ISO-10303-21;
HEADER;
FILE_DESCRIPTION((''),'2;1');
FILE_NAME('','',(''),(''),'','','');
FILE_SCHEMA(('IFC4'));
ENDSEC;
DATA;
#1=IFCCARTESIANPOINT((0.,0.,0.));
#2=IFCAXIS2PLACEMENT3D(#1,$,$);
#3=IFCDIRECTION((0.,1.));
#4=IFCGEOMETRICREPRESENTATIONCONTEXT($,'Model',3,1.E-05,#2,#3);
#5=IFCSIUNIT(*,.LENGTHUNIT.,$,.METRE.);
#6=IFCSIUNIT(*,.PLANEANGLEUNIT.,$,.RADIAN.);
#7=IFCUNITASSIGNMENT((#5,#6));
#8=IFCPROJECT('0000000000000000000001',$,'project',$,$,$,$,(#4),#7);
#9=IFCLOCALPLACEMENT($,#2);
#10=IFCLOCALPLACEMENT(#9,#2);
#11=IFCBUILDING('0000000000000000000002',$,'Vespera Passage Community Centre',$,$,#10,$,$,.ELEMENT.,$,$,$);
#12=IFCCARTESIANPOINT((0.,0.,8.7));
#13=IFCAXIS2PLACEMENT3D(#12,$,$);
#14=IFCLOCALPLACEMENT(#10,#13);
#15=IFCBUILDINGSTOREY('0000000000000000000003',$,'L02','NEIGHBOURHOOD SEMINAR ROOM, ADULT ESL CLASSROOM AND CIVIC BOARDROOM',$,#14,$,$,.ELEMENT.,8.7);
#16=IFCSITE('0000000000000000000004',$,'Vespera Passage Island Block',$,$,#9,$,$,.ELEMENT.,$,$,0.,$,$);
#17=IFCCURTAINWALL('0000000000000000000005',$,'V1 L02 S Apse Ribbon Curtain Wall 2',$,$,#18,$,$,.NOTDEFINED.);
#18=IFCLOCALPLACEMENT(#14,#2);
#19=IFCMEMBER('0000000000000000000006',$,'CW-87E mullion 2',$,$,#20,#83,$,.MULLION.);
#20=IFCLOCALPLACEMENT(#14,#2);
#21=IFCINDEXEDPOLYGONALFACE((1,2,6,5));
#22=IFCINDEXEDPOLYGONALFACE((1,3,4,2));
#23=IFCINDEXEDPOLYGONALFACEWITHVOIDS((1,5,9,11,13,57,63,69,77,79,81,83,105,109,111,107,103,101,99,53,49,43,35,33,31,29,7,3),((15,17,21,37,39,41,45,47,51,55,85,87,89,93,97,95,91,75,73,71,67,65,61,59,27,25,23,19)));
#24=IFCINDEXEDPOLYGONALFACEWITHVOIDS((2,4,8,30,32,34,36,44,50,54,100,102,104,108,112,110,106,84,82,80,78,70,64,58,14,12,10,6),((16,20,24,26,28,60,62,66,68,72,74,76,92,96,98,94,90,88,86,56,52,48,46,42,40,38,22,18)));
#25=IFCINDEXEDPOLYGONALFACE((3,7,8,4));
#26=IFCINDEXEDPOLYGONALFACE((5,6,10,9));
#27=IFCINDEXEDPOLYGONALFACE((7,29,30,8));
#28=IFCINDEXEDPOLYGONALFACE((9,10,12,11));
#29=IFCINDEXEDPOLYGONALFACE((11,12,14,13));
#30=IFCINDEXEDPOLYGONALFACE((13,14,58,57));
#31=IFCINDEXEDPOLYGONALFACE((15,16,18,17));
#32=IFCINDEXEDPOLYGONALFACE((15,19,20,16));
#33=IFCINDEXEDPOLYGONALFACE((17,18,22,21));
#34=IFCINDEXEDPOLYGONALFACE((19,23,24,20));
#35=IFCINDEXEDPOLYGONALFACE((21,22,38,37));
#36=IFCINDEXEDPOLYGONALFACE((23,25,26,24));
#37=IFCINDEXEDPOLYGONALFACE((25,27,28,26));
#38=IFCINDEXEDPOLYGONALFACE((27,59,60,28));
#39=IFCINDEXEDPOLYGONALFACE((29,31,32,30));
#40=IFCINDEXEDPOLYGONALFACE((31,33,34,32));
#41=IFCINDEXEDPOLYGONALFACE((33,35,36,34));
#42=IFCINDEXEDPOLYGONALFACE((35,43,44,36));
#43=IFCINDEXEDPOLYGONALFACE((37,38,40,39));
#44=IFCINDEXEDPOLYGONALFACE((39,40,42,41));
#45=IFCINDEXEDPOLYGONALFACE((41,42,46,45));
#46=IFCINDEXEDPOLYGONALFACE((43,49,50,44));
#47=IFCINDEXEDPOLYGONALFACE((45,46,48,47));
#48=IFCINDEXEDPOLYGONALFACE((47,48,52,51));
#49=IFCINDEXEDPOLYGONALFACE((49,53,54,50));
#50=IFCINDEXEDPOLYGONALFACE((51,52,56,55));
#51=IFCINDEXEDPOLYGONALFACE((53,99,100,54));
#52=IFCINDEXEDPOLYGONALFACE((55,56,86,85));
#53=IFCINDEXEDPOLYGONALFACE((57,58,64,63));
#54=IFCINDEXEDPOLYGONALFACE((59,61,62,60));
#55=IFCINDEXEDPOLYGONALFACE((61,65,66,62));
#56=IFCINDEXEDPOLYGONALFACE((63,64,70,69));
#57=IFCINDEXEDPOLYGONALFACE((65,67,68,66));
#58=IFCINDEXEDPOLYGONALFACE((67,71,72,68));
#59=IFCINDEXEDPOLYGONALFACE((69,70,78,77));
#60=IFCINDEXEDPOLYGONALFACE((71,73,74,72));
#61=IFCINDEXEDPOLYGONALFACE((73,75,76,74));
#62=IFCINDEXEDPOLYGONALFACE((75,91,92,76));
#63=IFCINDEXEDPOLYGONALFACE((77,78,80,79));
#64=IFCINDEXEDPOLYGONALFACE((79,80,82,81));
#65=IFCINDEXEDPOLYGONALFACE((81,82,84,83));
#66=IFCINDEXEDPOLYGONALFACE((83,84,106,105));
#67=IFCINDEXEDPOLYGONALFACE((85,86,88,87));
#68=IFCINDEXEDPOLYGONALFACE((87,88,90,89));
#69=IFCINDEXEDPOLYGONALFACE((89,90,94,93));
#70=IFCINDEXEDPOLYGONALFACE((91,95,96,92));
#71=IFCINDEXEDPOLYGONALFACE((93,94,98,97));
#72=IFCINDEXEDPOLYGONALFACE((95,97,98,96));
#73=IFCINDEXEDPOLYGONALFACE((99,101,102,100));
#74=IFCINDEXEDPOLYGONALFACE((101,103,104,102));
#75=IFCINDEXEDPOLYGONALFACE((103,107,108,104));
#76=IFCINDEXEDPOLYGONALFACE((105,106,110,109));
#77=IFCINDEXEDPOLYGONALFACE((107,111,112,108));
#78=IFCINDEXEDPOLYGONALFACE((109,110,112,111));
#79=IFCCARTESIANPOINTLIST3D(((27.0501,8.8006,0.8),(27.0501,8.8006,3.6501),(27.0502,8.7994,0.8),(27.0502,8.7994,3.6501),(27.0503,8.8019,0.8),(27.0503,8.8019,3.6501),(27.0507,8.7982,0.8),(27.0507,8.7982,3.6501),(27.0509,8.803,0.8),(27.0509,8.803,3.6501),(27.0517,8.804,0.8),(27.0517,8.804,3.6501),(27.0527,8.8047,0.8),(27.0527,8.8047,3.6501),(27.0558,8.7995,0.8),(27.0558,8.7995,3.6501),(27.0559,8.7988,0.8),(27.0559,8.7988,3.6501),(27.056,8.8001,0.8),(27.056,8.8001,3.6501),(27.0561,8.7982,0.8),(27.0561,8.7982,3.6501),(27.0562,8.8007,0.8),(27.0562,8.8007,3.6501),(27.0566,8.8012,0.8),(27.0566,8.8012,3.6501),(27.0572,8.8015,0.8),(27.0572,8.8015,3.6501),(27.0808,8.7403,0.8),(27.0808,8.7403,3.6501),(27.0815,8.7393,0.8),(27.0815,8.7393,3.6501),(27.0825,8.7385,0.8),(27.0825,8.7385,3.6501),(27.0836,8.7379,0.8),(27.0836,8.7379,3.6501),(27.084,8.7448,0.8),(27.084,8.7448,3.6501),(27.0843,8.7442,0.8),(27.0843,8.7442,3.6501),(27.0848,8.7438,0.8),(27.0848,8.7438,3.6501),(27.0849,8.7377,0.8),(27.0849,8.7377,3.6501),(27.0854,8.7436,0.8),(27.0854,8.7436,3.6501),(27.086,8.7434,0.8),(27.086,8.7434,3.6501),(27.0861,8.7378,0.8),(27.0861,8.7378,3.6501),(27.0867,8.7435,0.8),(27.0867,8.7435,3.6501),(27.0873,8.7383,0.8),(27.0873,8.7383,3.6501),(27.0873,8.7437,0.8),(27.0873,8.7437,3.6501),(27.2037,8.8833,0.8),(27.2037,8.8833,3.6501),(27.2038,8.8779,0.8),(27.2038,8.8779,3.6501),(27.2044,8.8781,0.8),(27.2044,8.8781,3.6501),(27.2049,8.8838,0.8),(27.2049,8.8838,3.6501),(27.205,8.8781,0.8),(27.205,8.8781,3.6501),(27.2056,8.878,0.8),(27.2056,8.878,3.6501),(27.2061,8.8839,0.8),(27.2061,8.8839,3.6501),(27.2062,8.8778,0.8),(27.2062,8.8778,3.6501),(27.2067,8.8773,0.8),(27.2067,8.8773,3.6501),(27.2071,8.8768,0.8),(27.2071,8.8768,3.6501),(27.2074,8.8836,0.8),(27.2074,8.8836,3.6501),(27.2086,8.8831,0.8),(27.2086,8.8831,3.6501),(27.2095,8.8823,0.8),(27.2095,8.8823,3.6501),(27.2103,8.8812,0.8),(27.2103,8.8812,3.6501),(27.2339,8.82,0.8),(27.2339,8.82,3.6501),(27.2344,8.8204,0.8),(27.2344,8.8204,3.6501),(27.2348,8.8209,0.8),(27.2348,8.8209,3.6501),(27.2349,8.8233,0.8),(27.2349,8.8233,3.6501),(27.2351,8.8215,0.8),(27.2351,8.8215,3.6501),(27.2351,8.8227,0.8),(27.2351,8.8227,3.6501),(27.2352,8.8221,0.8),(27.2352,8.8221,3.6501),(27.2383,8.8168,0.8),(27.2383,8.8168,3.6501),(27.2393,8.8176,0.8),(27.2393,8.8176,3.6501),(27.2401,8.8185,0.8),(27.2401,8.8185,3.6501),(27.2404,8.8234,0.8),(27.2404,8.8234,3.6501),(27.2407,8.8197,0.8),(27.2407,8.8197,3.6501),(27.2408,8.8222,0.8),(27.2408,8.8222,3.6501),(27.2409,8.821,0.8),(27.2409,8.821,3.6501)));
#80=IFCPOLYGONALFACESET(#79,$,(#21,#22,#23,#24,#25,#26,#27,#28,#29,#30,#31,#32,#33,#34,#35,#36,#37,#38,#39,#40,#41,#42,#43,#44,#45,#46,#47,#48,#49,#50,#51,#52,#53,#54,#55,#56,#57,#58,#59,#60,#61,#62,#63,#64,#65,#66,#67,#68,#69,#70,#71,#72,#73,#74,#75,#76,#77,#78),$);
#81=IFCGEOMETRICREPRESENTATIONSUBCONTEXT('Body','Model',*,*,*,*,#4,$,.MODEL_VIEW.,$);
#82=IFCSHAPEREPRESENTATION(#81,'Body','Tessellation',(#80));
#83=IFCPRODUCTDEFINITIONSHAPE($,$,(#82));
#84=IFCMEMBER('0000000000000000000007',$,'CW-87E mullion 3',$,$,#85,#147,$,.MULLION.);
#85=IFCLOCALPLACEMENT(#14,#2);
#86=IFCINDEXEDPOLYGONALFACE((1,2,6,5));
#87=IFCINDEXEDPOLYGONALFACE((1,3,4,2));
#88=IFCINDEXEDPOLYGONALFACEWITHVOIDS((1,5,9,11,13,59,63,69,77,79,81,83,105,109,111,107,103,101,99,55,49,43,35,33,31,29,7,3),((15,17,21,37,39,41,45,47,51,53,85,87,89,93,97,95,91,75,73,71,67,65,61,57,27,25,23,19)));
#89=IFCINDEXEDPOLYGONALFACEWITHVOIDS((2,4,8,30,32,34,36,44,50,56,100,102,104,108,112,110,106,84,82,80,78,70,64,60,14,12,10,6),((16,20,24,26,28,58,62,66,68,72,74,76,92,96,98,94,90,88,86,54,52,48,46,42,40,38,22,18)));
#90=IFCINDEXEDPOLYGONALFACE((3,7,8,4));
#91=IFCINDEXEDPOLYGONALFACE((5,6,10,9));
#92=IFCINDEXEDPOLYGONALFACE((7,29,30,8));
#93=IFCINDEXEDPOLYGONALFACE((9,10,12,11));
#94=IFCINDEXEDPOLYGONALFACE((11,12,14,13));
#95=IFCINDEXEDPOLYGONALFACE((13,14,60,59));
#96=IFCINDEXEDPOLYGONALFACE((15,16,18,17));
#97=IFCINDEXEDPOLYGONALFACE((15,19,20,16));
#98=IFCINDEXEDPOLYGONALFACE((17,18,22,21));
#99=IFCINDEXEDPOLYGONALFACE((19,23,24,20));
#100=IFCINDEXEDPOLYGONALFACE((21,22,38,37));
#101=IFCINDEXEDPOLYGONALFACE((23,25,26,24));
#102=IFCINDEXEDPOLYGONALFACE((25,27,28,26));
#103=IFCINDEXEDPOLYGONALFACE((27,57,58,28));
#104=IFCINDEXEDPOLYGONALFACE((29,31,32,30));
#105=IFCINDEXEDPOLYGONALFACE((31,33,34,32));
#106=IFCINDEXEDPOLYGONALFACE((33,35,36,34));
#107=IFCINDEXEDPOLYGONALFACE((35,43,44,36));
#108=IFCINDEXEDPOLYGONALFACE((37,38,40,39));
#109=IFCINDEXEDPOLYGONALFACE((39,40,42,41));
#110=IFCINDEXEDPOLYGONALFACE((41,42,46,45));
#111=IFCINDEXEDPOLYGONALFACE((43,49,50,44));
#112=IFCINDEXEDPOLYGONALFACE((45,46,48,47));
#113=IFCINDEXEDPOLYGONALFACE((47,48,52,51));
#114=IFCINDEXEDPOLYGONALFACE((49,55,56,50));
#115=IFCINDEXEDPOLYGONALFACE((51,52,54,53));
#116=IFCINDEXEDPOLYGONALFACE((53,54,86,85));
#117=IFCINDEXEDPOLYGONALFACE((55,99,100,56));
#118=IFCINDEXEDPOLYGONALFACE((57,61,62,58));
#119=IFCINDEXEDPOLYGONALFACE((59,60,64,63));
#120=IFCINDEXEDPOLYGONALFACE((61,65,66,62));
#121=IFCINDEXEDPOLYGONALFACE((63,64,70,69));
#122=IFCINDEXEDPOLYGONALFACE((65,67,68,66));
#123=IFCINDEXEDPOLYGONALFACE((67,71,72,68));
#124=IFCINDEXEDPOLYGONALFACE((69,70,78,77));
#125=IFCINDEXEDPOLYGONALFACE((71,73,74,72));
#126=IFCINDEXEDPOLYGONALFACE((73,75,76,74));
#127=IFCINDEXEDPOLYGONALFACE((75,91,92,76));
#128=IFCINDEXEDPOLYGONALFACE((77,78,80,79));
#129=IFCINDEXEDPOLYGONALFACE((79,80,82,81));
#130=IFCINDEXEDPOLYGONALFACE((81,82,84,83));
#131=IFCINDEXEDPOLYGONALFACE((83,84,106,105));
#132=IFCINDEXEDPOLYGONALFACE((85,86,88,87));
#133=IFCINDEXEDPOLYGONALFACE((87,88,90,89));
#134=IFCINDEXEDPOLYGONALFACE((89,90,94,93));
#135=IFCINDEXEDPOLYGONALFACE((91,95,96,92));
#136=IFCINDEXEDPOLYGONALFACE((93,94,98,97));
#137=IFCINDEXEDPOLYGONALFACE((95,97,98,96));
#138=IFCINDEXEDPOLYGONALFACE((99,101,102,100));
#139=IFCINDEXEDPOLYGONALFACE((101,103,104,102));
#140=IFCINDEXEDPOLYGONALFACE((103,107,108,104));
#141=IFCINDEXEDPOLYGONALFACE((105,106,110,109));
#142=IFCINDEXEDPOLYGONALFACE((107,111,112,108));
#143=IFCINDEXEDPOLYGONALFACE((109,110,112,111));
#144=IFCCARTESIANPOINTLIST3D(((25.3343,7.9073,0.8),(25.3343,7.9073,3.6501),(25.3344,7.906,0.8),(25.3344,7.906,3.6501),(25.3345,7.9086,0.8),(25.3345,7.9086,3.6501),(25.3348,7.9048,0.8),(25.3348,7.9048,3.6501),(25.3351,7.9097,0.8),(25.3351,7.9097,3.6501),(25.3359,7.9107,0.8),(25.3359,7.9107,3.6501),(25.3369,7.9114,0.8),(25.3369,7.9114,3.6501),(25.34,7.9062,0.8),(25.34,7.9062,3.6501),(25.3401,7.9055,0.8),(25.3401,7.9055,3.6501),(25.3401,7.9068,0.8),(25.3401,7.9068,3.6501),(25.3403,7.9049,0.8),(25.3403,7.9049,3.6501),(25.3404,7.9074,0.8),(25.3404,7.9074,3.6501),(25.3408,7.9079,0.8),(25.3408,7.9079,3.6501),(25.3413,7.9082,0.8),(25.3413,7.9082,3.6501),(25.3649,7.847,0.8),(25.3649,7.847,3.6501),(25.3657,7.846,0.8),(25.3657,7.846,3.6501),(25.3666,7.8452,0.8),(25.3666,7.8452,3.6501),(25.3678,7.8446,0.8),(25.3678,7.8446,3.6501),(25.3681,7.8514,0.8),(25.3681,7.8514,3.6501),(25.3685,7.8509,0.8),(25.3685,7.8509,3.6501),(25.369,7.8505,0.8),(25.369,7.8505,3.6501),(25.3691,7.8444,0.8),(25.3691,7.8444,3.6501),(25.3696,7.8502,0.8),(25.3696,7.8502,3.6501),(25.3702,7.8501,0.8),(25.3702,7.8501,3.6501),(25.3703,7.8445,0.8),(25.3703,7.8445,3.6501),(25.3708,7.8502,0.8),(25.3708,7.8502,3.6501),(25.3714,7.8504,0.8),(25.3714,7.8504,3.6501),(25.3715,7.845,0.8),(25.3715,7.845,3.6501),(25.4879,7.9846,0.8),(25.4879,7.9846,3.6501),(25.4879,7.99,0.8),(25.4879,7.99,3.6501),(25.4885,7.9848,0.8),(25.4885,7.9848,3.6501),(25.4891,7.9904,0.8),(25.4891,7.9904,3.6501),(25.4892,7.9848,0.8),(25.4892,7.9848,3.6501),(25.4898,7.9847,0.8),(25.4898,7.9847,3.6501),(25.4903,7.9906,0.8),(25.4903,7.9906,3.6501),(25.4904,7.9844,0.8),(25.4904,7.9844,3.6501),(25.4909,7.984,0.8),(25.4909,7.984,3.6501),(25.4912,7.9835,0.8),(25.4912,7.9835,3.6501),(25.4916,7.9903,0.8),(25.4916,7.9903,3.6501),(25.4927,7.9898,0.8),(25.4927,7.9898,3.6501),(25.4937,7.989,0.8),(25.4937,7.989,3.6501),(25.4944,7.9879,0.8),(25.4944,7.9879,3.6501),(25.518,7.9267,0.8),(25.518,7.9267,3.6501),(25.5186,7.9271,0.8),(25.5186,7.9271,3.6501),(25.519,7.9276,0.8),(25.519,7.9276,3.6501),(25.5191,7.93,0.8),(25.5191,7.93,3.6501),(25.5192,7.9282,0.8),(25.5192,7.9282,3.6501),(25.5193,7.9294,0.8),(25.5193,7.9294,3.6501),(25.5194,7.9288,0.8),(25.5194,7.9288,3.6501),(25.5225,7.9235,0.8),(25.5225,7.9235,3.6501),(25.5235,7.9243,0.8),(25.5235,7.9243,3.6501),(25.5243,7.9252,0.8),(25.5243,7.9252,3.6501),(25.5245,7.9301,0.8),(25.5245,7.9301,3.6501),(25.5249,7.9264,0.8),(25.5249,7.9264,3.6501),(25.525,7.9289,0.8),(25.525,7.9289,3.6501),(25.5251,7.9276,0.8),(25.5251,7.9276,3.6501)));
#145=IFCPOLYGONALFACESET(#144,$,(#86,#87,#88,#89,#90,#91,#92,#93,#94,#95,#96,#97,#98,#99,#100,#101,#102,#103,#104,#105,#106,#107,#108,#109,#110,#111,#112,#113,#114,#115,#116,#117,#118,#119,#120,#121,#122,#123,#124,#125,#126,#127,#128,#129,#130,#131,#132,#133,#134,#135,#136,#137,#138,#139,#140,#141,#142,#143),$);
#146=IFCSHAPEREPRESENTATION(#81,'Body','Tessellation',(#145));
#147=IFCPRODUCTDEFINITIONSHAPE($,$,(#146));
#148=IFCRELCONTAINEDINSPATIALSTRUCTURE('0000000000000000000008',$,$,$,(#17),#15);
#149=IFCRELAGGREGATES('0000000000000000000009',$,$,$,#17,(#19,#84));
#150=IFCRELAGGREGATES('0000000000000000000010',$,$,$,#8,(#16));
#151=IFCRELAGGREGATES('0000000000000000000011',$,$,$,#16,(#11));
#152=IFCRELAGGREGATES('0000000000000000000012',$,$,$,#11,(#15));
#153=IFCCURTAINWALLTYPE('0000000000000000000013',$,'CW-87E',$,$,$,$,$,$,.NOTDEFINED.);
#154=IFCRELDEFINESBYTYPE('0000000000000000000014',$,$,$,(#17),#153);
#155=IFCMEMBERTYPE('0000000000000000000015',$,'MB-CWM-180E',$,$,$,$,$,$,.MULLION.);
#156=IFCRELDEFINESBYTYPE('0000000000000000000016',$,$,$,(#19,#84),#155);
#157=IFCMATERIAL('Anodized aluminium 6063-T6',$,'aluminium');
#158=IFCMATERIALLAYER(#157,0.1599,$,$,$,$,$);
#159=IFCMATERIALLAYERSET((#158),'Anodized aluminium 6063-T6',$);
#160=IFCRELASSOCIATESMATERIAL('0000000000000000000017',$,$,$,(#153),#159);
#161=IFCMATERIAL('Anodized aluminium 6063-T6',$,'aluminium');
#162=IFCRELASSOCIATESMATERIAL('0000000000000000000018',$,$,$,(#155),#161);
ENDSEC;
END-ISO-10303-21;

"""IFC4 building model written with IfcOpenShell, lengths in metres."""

from ifc_helpers import new_model, si_unit, direction, frame, origin, origin_2d, place, context, subcontext, project, spatial, hollow_rectangle, extrude, material, layer, layer_set, material_profile, profile_set, type_object, element, aggregate, save


model = new_model("IFC4")

# Units and contexts
model_context = context("Model", 3, precision=1e-05, world=origin(), true_north=direction((0.0, 1.0)))
body_context = subcontext(model_context, "Body", "Model", "MODEL_VIEW")
ifc_project = project(units=[si_unit("LENGTHUNIT", "METRE"), si_unit("PLANEANGLEUNIT", "RADIAN")], contexts=[model_context])

# Site, building, storey
site_placement = place(None, origin())
site = spatial("IfcSite", under=ifc_project, at=site_placement, Name="Vespera Passage Island Block", CompositionType="ELEMENT", RefElevation=0.0)
building_placement = place(site_placement, origin())
building = spatial("IfcBuilding", under=site, at=building_placement, Name="Vespera Passage Community Centre", CompositionType="ELEMENT")
storey_placement = place(building_placement, frame((0.0, 0.0, 8.7)))
storey = spatial("IfcBuildingStorey", under=building, at=storey_placement, Name="L02", Description="NEIGHBOURHOOD SEMINAR ROOM, ADULT ESL CLASSROOM AND CIVIC BOARDROOM", CompositionType="ELEMENT", Elevation=8.7)

# Curtain wall, members
ifc_material_1 = material(Name="Anodized aluminium 6063-T6", Category="aluminium")
ifc_layer_1 = layer(ifc_material_1, 0.1599)
ifc_layer_set_1 = layer_set([ifc_layer_1], Name="Anodized aluminium 6063-T6")
curtain_wall_type_1 = type_object("IfcCurtainWallType", Name="CW-87E", PredefinedType="NOTDEFINED", material=ifc_layer_set_1)
curtain_wall_1_placement = place(storey_placement, origin())
curtain_wall_1 = element("IfcCurtainWall", 1, at=curtain_wall_1_placement, inside=storey, type_object=curtain_wall_type_1, Name="V1 L02 S Apse Ribbon Curtain Wall 2", PredefinedType="NOTDEFINED")
ifc_material_2 = material(Name="Anodized aluminium 6063-T6", Category="aluminium")
ifc_material_profile_1 = material_profile(ifc_material_2, hollow_rectangle(XDim=0.075, YDim=0.1799, WallThickness=0.0049, InnerFilletRadius=0.0024, OuterFilletRadius=0.0049, at=origin_2d()), Name="ALU180X75X5")
ifc_profile_set_1 = profile_set([ifc_material_profile_1], Name="Anodized aluminium 6063-T6")
member_type_1 = type_object("IfcMemberType", Name="MB-CWM-180E", PredefinedType="MULLION", material=ifc_profile_set_1)
member_1_placement = place(storey_placement, frame((27.1455, 8.8108, 0.8), z_axis=(0.0, 0.0, 1.0), x_axis=(0.461745, -0.887013, 0.0)))
member_1 = element("IfcMember", 2, at=member_1_placement, type_object=member_type_1, Name="CW-87E mullion 2", PredefinedType="MULLION", context=body_context, shape_type="SweptSolid", body=[
    extrude(hollow_rectangle(XDim=0.075, YDim=0.1799, WallThickness=0.0049, InnerFilletRadius=0.0024, OuterFilletRadius=0.0049, at=origin_2d()), origin(), (0.0, 0.0, 1.0), 2.8501),
])
member_2_placement = place(storey_placement, frame((25.4297, 7.9175, 0.8), z_axis=(0.0, 0.0, 1.0), x_axis=(0.461745, -0.887013, 0.0)))
member_2 = element("IfcMember", 3, at=member_2_placement, type_object=member_type_1, Name="CW-87E mullion 3", PredefinedType="MULLION", context=body_context, shape_type="SweptSolid", body=[
    extrude(hollow_rectangle(XDim=0.075, YDim=0.1799, WallThickness=0.0049, InnerFilletRadius=0.0024, OuterFilletRadius=0.0049, at=origin_2d()), origin(), (0.0, 0.0, 1.0), 2.8501),
])

aggregate(curtain_wall_1, [member_1, member_2])

save(model, "model.ifc")
